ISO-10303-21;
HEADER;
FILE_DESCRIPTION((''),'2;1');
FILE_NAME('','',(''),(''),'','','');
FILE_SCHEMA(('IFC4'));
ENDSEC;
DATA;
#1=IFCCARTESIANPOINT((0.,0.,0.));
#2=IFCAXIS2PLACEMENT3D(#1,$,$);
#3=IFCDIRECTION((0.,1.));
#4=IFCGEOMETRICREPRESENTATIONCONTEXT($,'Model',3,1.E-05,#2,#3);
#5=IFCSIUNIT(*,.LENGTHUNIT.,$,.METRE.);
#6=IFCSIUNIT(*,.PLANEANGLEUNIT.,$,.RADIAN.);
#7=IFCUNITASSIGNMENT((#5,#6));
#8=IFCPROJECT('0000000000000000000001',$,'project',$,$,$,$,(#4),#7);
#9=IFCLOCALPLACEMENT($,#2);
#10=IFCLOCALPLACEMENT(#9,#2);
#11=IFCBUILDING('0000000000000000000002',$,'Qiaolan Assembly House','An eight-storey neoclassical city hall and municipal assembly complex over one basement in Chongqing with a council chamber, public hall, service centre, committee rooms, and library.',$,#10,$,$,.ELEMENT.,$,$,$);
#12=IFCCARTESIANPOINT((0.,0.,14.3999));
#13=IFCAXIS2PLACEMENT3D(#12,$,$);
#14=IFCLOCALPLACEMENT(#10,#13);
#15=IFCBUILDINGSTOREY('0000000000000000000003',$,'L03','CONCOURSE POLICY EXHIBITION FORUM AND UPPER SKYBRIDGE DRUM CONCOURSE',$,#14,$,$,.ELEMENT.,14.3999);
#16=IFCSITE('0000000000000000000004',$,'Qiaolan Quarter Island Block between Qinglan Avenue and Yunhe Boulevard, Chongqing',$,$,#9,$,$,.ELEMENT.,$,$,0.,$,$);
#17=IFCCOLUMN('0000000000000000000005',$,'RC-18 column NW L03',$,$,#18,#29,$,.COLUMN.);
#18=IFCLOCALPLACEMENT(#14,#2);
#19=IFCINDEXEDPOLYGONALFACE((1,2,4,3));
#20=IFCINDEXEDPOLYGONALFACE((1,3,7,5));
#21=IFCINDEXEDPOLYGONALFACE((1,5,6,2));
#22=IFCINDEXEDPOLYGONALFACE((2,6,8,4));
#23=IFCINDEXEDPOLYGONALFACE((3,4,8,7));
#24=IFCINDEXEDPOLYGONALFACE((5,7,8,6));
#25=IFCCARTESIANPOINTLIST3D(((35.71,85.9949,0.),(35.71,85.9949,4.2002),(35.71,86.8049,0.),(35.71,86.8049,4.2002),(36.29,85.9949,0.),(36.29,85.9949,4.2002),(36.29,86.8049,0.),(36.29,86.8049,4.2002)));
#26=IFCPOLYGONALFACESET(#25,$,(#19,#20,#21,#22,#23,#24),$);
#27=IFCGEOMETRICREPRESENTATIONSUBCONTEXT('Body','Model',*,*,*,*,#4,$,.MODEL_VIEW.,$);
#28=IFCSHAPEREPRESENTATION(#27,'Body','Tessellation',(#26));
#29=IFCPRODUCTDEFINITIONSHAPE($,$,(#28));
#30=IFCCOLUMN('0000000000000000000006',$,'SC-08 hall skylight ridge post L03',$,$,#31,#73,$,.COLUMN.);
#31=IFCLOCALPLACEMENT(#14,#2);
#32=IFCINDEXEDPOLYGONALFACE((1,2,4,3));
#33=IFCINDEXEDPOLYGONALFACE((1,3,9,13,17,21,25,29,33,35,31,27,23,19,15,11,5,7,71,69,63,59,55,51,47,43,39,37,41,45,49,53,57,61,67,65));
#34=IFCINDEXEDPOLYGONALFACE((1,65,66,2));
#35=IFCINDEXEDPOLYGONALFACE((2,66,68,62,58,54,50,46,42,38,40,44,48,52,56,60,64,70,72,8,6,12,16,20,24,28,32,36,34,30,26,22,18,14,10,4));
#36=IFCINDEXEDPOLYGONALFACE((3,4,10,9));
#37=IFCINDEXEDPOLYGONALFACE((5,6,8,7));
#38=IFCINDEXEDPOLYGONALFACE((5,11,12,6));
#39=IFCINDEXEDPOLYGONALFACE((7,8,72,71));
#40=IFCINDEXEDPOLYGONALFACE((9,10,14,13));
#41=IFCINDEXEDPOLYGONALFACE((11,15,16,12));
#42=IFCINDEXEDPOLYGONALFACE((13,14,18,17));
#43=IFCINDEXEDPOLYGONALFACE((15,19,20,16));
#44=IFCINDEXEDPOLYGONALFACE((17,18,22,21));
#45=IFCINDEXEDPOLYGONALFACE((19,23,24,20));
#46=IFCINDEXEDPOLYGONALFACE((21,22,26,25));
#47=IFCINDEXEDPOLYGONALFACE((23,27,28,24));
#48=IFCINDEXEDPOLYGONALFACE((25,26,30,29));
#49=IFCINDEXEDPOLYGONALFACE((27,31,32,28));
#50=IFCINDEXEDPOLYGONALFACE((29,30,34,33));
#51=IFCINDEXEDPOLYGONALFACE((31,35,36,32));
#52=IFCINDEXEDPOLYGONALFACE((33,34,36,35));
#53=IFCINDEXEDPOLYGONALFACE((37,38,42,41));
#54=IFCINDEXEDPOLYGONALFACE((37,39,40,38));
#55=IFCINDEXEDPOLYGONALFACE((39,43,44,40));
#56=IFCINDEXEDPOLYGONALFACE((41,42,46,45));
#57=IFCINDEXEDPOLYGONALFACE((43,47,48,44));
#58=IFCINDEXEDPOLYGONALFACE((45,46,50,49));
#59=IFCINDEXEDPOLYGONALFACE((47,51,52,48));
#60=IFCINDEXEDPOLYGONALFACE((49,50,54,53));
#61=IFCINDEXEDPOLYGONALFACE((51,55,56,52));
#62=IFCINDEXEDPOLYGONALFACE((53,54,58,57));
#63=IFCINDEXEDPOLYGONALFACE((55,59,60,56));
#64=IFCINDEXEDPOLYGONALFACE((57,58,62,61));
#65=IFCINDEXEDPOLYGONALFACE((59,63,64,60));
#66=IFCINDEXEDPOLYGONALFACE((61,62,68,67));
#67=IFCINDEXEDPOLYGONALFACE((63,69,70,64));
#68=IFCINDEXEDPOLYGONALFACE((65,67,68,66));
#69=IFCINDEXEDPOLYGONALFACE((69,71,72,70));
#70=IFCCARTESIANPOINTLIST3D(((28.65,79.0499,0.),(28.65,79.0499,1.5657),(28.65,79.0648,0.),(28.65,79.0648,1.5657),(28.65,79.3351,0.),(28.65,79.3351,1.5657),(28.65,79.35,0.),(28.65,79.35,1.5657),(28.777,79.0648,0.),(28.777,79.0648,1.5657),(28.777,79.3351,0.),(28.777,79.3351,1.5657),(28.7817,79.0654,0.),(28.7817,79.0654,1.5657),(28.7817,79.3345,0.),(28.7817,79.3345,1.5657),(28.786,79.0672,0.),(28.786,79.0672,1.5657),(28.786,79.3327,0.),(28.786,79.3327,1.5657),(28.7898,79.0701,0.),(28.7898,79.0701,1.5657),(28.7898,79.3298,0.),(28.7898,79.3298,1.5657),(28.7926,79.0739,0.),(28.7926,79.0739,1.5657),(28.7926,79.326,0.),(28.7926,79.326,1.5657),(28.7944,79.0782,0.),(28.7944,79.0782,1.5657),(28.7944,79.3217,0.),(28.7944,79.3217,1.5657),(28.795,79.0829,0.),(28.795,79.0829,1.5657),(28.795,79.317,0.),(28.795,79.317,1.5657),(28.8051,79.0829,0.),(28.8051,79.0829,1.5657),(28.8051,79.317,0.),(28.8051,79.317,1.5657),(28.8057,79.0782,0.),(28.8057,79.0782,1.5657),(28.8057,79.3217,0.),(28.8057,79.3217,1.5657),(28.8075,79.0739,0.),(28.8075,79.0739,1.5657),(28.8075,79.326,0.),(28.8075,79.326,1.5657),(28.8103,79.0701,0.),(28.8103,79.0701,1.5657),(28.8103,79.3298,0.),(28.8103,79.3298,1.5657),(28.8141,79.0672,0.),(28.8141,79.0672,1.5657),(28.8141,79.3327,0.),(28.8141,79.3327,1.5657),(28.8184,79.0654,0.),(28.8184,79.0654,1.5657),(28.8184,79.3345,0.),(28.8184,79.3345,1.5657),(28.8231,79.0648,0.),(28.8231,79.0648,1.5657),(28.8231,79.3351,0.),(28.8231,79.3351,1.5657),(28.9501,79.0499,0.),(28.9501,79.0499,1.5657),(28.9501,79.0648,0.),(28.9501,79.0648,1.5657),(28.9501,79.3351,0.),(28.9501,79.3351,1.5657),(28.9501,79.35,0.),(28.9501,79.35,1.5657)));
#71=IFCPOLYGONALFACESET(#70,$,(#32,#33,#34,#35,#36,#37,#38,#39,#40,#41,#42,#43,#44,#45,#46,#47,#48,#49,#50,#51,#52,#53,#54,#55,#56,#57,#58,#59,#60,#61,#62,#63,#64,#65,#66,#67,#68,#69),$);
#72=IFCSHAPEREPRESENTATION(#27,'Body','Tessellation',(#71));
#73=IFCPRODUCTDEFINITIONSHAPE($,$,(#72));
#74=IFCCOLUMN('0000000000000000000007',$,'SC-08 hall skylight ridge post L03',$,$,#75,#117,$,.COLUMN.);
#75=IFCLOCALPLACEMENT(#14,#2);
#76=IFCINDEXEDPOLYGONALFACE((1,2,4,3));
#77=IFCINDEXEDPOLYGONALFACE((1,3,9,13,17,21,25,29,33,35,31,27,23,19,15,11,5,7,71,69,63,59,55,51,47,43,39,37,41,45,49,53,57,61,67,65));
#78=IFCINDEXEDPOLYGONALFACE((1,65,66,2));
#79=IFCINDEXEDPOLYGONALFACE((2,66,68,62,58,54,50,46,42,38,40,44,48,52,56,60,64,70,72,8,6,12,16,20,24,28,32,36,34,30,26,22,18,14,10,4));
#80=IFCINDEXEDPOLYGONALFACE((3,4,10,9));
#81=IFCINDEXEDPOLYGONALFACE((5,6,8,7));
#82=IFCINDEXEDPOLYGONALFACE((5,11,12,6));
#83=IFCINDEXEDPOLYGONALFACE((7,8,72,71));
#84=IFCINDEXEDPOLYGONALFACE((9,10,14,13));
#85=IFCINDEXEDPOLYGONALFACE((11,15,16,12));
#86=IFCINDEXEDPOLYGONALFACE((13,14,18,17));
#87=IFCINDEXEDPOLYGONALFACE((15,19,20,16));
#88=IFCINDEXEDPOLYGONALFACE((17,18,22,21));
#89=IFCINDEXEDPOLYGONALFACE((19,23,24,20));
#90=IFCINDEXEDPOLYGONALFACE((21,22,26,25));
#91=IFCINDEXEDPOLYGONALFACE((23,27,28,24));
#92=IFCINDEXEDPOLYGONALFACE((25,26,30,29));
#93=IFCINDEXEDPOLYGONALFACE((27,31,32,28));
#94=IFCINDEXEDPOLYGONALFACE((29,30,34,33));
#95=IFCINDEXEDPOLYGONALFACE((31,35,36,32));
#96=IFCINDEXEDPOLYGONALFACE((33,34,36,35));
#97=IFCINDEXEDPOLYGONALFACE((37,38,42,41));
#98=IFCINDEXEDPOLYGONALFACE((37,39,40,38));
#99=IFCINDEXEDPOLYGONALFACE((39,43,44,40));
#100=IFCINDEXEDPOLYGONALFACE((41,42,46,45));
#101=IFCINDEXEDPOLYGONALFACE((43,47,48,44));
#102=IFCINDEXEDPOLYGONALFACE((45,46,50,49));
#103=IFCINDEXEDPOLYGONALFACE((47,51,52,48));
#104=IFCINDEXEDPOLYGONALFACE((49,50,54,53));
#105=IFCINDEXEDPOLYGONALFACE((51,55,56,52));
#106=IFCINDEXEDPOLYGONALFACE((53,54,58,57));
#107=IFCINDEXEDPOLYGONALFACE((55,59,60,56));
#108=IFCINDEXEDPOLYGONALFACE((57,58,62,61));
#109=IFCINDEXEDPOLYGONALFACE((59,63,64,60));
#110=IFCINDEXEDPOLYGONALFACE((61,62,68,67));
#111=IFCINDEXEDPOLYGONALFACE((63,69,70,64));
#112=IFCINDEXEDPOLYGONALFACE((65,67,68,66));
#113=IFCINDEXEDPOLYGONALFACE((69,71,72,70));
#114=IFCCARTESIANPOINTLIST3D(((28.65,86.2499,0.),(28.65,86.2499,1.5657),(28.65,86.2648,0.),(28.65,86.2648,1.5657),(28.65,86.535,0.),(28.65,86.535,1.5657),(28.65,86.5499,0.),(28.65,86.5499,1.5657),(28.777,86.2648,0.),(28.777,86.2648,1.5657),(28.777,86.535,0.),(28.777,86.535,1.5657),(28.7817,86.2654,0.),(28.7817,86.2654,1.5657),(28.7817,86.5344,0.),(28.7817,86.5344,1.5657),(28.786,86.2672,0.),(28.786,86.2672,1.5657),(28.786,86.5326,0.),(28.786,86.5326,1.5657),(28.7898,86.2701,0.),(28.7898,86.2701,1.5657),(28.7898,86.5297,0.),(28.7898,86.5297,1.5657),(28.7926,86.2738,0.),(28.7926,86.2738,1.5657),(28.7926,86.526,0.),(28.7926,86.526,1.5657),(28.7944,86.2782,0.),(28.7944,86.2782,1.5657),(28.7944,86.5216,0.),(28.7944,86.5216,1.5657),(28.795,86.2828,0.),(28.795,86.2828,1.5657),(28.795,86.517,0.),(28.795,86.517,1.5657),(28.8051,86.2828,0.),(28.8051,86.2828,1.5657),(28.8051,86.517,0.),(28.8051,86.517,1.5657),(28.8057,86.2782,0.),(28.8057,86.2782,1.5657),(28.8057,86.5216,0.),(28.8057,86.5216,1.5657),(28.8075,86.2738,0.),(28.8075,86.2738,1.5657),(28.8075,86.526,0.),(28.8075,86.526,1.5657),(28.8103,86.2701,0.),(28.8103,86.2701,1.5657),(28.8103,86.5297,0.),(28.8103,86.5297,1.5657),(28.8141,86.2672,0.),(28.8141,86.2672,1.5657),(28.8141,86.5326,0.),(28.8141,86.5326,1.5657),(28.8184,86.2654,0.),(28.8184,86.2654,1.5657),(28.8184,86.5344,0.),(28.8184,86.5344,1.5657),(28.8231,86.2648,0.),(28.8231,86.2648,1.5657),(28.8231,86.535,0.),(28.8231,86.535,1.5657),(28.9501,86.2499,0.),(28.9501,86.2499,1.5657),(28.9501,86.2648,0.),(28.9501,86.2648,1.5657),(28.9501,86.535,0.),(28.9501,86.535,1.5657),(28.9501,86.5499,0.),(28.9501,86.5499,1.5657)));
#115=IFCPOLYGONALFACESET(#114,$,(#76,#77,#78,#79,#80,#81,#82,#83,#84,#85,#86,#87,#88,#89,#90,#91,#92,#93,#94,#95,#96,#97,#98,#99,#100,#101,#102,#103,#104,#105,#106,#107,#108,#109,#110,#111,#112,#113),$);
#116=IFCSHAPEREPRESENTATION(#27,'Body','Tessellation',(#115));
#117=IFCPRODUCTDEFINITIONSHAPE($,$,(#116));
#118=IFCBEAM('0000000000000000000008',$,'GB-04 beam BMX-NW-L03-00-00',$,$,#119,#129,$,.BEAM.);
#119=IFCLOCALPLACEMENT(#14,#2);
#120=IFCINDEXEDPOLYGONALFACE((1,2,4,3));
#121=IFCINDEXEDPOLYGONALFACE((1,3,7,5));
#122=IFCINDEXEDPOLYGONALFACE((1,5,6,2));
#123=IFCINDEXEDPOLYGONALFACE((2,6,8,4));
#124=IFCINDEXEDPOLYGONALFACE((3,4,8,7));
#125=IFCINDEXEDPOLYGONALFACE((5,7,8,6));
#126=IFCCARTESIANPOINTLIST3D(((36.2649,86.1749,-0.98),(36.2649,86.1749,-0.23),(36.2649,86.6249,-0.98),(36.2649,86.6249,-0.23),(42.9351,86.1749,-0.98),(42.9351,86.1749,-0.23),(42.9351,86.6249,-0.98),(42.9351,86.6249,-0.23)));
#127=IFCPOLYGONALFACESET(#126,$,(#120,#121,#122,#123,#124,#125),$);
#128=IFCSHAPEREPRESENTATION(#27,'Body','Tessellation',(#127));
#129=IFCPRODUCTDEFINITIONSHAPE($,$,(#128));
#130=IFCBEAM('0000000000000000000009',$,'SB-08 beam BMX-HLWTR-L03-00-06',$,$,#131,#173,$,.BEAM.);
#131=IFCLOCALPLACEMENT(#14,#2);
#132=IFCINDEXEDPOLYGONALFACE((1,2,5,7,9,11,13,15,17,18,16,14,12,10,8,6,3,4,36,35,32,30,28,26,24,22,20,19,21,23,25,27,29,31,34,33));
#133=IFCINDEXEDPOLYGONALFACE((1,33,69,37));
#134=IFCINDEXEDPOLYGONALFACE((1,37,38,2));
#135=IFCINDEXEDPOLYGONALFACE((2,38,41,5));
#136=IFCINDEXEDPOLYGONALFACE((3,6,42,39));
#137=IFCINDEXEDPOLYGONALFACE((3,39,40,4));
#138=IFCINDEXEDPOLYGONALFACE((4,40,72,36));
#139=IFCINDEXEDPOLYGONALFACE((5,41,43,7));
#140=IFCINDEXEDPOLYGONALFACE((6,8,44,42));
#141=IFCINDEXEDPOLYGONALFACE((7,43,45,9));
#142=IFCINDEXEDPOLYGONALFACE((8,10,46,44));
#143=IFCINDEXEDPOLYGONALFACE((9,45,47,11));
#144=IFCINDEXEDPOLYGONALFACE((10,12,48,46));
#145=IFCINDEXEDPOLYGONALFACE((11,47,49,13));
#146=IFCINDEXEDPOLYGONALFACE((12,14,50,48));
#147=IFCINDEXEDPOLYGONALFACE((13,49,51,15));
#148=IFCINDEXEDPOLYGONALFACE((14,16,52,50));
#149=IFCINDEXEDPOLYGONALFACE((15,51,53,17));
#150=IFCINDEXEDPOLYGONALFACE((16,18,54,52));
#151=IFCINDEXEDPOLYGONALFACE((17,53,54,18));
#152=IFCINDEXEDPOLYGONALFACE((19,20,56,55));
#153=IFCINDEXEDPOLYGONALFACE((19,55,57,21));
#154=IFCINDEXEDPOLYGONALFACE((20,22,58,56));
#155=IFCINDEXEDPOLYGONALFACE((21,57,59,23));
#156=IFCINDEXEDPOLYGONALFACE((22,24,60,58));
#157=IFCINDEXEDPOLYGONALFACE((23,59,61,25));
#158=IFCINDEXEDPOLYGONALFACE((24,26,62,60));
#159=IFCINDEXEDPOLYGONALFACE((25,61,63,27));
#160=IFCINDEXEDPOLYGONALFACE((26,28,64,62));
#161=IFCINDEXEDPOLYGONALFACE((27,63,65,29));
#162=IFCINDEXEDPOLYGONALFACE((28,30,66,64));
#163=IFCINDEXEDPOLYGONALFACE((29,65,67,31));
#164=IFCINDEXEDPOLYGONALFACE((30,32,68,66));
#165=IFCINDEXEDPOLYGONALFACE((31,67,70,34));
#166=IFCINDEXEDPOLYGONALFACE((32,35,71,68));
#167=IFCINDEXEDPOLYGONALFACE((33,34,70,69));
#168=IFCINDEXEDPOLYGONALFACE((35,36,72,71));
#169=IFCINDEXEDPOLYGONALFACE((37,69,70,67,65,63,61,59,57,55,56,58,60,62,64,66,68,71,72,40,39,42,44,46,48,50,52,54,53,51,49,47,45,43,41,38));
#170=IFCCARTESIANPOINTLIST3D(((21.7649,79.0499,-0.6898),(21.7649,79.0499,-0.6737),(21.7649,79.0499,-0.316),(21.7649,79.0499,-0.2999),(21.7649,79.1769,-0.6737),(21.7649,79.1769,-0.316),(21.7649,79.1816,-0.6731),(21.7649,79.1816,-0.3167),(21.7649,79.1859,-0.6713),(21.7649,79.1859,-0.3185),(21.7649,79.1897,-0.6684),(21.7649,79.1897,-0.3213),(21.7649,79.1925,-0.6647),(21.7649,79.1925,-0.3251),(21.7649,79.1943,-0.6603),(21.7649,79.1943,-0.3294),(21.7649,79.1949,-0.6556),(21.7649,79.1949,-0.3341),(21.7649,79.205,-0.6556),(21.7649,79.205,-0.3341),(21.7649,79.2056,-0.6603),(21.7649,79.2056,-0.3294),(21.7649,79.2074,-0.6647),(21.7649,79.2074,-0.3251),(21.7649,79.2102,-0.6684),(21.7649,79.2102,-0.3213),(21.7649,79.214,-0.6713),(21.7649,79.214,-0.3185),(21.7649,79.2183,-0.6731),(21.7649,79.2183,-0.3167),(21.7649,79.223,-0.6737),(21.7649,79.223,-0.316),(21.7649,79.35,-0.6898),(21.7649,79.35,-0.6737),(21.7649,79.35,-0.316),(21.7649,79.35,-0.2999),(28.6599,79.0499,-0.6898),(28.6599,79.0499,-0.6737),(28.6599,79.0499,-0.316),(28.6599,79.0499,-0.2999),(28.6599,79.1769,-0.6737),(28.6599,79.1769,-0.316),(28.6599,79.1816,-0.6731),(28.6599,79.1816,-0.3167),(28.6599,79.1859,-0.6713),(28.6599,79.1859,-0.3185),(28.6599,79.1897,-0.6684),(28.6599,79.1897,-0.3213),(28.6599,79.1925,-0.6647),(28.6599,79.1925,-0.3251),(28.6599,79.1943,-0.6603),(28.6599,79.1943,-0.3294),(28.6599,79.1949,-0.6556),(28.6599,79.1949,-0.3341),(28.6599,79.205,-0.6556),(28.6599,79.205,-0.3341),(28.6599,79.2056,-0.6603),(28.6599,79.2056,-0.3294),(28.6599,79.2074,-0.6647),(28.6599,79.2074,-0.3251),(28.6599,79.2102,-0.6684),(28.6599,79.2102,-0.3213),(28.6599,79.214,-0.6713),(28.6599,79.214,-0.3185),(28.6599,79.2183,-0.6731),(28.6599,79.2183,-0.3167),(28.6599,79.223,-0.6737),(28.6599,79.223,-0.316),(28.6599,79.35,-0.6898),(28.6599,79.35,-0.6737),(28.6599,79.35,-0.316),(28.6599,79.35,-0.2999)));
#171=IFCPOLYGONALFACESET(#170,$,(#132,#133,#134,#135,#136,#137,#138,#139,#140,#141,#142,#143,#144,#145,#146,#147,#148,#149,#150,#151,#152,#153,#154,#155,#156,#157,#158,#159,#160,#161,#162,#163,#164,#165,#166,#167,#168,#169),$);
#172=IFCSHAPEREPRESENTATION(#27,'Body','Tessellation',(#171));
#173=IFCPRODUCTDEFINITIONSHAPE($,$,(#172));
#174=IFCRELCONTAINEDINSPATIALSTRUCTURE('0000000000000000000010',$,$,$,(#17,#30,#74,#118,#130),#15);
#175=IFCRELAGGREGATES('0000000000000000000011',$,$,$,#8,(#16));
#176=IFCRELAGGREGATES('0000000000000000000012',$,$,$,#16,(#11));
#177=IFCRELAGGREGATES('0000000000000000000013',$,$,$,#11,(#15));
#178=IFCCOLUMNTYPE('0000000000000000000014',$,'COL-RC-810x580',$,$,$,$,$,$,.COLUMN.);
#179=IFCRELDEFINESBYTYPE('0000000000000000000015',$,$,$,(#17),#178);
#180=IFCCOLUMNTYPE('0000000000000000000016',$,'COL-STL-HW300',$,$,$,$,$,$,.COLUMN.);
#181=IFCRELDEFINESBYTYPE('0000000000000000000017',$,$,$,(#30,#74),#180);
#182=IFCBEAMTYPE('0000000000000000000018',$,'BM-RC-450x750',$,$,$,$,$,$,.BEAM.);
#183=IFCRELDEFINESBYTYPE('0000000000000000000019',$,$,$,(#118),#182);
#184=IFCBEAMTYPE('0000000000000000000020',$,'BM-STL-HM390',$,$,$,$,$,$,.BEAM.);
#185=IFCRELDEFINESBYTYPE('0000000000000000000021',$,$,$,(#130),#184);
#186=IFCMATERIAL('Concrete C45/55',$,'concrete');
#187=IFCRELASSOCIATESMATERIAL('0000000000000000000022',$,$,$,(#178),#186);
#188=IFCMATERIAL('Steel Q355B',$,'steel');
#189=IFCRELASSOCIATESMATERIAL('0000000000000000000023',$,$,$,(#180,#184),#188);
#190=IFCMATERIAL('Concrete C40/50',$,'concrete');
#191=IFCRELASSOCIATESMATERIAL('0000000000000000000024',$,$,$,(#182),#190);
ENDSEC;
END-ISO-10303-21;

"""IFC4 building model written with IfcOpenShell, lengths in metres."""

from ifc_helpers import new_model, si_unit, direction, frame, origin, origin_2d, place, context, subcontext, project, spatial, rectangle, i_section, extrude, material, material_profile, profile_set, type_object, element, save


model = new_model("IFC4")

# Units and contexts
model_context = context("Model", 3, precision=1e-05, world=origin(), true_north=direction((0.0, 1.0)))
body_context = subcontext(model_context, "Body", "Model", "MODEL_VIEW")
ifc_project = project(units=[si_unit("LENGTHUNIT", "METRE"), si_unit("PLANEANGLEUNIT", "RADIAN")], contexts=[model_context])

# Site, building, storey
site_placement = place(None, origin())
site = spatial("IfcSite", under=ifc_project, at=site_placement, Name="Qiaolan Quarter Island Block between Qinglan Avenue and Yunhe Boulevard, Chongqing", CompositionType="ELEMENT", RefElevation=0.0)
building_placement = place(site_placement, origin())
building = spatial("IfcBuilding", under=site, at=building_placement, Name="Qiaolan Assembly House", Description="An eight-storey neoclassical city hall and municipal assembly complex over one basement in Chongqing with a council chamber, public hall, service centre, committee rooms, and library.", CompositionType="ELEMENT")
storey_placement = place(building_placement, frame((0.0, 0.0, 14.3999)))
storey = spatial("IfcBuildingStorey", under=building, at=storey_placement, Name="L03", Description="CONCOURSE POLICY EXHIBITION FORUM AND UPPER SKYBRIDGE DRUM CONCOURSE", CompositionType="ELEMENT", Elevation=14.3999)

# Columns
ifc_material_1 = material(Name="Concrete C45/55", Category="concrete")
ifc_material_profile_1 = material_profile(ifc_material_1, rectangle(XDim=0.5801, YDim=0.8101, at=origin_2d()), Name="RC 810x580")
ifc_profile_set_1 = profile_set([ifc_material_profile_1], Name="Concrete C45/55")
column_type_1 = type_object("IfcColumnType", Name="COL-RC-810x580", PredefinedType="COLUMN", material=ifc_profile_set_1)
column_placement = place(storey_placement, frame((36.0, 86.3999, 0.0), z_axis=(0.0, 0.0, 1.0), x_axis=(1.0, 0.0, 0.0)))
element("IfcColumn", 1, at=column_placement, inside=storey, type_object=column_type_1, Name="RC-18 column NW L03", PredefinedType="COLUMN", context=body_context, shape_type="SweptSolid", body=[
    extrude(rectangle(XDim=0.5801, YDim=0.8101, at=origin_2d()), origin(), (0.0, 0.0, 1.0), 4.2002),
])
ifc_material_2 = material(Name="Steel Q355B", Category="steel")
ifc_material_profile_2 = material_profile(ifc_material_2, i_section(OverallWidth=0.3, OverallDepth=0.3, WebThickness=0.01, FlangeThickness=0.0149, FilletRadius=0.0181, at=origin_2d()), Name="HW 300x300x10x15")
ifc_profile_set_2 = profile_set([ifc_material_profile_2], Name="Steel Q355B")
column_type_2 = type_object("IfcColumnType", Name="COL-STL-HW300", PredefinedType="COLUMN", material=ifc_profile_set_2)
for number, where, z_axis, x_axis, name in (
    (2, (28.8, 79.2, 0.0), (0.0, 0.0, 1.0), (1.0, 0.0, 0.0), "SC-08 hall skylight ridge post L03"),
    (3, (28.8, 86.3999, 0.0), (0.0, 0.0, 1.0), (1.0, 0.0, 0.0), "SC-08 hall skylight ridge post L03"),
):
    element("IfcColumn", number, at=place(storey_placement, frame(where, z_axis=z_axis, x_axis=x_axis)), inside=storey, type_object=column_type_2, Name=name, PredefinedType="COLUMN", context=body_context, shape_type="SweptSolid", body=[
        extrude(i_section(OverallWidth=0.3, OverallDepth=0.3, WebThickness=0.01, FlangeThickness=0.0149, FilletRadius=0.0181, at=origin_2d()), origin(), (0.0, 0.0, 1.0), 1.5657),
    ])

# Beams
ifc_material_3 = material(Name="Concrete C40/50", Category="concrete")
ifc_material_profile_3 = material_profile(ifc_material_3, rectangle(XDim=0.45, YDim=0.75, at=origin_2d()), Name="RCB 450x750")
ifc_profile_set_3 = profile_set([ifc_material_profile_3], Name="Concrete C40/50")
beam_type_1 = type_object("IfcBeamType", Name="BM-RC-450x750", PredefinedType="BEAM", material=ifc_profile_set_3)
beam_1_placement = place(storey_placement, frame((36.2649, 86.3999, -0.605), z_axis=(1.0, 0.0, 0.0), x_axis=(0.0, 1.0, 0.0)))
element("IfcBeam", 4, at=beam_1_placement, inside=storey, type_object=beam_type_1, Name="GB-04 beam BMX-NW-L03-00-00", PredefinedType="BEAM", context=body_context, shape_type="SweptSolid", body=[
    extrude(rectangle(XDim=0.45, YDim=0.75, at=origin_2d()), origin(), (0.0, 0.0, 1.0), 6.6702),
])
ifc_material_profile_4 = material_profile(ifc_material_2, i_section(OverallWidth=0.3, OverallDepth=0.3899, WebThickness=0.01, FlangeThickness=0.0161, FilletRadius=0.0181, at=origin_2d()), Name="HM 390x300x10x16")
ifc_profile_set_4 = profile_set([ifc_material_profile_4], Name="Steel Q355B")
beam_type_2 = type_object("IfcBeamType", Name="BM-STL-HM390", PredefinedType="BEAM", material=ifc_profile_set_4)
beam_2_placement = place(storey_placement, frame((21.7649, 79.2, -0.4949), z_axis=(1.0, 0.0, 0.0), x_axis=(0.0, 1.0, 0.0)))
element("IfcBeam", 5, at=beam_2_placement, inside=storey, type_object=beam_type_2, Name="SB-08 beam BMX-HLWTR-L03-00-06", PredefinedType="BEAM", context=body_context, shape_type="SweptSolid", body=[
    extrude(i_section(OverallWidth=0.3, OverallDepth=0.3899, WebThickness=0.01, FlangeThickness=0.0161, FilletRadius=0.0181, at=origin_2d()), origin(), (0.0, 0.0, 1.0), 6.895),
])

save(model, "model.ifc")
